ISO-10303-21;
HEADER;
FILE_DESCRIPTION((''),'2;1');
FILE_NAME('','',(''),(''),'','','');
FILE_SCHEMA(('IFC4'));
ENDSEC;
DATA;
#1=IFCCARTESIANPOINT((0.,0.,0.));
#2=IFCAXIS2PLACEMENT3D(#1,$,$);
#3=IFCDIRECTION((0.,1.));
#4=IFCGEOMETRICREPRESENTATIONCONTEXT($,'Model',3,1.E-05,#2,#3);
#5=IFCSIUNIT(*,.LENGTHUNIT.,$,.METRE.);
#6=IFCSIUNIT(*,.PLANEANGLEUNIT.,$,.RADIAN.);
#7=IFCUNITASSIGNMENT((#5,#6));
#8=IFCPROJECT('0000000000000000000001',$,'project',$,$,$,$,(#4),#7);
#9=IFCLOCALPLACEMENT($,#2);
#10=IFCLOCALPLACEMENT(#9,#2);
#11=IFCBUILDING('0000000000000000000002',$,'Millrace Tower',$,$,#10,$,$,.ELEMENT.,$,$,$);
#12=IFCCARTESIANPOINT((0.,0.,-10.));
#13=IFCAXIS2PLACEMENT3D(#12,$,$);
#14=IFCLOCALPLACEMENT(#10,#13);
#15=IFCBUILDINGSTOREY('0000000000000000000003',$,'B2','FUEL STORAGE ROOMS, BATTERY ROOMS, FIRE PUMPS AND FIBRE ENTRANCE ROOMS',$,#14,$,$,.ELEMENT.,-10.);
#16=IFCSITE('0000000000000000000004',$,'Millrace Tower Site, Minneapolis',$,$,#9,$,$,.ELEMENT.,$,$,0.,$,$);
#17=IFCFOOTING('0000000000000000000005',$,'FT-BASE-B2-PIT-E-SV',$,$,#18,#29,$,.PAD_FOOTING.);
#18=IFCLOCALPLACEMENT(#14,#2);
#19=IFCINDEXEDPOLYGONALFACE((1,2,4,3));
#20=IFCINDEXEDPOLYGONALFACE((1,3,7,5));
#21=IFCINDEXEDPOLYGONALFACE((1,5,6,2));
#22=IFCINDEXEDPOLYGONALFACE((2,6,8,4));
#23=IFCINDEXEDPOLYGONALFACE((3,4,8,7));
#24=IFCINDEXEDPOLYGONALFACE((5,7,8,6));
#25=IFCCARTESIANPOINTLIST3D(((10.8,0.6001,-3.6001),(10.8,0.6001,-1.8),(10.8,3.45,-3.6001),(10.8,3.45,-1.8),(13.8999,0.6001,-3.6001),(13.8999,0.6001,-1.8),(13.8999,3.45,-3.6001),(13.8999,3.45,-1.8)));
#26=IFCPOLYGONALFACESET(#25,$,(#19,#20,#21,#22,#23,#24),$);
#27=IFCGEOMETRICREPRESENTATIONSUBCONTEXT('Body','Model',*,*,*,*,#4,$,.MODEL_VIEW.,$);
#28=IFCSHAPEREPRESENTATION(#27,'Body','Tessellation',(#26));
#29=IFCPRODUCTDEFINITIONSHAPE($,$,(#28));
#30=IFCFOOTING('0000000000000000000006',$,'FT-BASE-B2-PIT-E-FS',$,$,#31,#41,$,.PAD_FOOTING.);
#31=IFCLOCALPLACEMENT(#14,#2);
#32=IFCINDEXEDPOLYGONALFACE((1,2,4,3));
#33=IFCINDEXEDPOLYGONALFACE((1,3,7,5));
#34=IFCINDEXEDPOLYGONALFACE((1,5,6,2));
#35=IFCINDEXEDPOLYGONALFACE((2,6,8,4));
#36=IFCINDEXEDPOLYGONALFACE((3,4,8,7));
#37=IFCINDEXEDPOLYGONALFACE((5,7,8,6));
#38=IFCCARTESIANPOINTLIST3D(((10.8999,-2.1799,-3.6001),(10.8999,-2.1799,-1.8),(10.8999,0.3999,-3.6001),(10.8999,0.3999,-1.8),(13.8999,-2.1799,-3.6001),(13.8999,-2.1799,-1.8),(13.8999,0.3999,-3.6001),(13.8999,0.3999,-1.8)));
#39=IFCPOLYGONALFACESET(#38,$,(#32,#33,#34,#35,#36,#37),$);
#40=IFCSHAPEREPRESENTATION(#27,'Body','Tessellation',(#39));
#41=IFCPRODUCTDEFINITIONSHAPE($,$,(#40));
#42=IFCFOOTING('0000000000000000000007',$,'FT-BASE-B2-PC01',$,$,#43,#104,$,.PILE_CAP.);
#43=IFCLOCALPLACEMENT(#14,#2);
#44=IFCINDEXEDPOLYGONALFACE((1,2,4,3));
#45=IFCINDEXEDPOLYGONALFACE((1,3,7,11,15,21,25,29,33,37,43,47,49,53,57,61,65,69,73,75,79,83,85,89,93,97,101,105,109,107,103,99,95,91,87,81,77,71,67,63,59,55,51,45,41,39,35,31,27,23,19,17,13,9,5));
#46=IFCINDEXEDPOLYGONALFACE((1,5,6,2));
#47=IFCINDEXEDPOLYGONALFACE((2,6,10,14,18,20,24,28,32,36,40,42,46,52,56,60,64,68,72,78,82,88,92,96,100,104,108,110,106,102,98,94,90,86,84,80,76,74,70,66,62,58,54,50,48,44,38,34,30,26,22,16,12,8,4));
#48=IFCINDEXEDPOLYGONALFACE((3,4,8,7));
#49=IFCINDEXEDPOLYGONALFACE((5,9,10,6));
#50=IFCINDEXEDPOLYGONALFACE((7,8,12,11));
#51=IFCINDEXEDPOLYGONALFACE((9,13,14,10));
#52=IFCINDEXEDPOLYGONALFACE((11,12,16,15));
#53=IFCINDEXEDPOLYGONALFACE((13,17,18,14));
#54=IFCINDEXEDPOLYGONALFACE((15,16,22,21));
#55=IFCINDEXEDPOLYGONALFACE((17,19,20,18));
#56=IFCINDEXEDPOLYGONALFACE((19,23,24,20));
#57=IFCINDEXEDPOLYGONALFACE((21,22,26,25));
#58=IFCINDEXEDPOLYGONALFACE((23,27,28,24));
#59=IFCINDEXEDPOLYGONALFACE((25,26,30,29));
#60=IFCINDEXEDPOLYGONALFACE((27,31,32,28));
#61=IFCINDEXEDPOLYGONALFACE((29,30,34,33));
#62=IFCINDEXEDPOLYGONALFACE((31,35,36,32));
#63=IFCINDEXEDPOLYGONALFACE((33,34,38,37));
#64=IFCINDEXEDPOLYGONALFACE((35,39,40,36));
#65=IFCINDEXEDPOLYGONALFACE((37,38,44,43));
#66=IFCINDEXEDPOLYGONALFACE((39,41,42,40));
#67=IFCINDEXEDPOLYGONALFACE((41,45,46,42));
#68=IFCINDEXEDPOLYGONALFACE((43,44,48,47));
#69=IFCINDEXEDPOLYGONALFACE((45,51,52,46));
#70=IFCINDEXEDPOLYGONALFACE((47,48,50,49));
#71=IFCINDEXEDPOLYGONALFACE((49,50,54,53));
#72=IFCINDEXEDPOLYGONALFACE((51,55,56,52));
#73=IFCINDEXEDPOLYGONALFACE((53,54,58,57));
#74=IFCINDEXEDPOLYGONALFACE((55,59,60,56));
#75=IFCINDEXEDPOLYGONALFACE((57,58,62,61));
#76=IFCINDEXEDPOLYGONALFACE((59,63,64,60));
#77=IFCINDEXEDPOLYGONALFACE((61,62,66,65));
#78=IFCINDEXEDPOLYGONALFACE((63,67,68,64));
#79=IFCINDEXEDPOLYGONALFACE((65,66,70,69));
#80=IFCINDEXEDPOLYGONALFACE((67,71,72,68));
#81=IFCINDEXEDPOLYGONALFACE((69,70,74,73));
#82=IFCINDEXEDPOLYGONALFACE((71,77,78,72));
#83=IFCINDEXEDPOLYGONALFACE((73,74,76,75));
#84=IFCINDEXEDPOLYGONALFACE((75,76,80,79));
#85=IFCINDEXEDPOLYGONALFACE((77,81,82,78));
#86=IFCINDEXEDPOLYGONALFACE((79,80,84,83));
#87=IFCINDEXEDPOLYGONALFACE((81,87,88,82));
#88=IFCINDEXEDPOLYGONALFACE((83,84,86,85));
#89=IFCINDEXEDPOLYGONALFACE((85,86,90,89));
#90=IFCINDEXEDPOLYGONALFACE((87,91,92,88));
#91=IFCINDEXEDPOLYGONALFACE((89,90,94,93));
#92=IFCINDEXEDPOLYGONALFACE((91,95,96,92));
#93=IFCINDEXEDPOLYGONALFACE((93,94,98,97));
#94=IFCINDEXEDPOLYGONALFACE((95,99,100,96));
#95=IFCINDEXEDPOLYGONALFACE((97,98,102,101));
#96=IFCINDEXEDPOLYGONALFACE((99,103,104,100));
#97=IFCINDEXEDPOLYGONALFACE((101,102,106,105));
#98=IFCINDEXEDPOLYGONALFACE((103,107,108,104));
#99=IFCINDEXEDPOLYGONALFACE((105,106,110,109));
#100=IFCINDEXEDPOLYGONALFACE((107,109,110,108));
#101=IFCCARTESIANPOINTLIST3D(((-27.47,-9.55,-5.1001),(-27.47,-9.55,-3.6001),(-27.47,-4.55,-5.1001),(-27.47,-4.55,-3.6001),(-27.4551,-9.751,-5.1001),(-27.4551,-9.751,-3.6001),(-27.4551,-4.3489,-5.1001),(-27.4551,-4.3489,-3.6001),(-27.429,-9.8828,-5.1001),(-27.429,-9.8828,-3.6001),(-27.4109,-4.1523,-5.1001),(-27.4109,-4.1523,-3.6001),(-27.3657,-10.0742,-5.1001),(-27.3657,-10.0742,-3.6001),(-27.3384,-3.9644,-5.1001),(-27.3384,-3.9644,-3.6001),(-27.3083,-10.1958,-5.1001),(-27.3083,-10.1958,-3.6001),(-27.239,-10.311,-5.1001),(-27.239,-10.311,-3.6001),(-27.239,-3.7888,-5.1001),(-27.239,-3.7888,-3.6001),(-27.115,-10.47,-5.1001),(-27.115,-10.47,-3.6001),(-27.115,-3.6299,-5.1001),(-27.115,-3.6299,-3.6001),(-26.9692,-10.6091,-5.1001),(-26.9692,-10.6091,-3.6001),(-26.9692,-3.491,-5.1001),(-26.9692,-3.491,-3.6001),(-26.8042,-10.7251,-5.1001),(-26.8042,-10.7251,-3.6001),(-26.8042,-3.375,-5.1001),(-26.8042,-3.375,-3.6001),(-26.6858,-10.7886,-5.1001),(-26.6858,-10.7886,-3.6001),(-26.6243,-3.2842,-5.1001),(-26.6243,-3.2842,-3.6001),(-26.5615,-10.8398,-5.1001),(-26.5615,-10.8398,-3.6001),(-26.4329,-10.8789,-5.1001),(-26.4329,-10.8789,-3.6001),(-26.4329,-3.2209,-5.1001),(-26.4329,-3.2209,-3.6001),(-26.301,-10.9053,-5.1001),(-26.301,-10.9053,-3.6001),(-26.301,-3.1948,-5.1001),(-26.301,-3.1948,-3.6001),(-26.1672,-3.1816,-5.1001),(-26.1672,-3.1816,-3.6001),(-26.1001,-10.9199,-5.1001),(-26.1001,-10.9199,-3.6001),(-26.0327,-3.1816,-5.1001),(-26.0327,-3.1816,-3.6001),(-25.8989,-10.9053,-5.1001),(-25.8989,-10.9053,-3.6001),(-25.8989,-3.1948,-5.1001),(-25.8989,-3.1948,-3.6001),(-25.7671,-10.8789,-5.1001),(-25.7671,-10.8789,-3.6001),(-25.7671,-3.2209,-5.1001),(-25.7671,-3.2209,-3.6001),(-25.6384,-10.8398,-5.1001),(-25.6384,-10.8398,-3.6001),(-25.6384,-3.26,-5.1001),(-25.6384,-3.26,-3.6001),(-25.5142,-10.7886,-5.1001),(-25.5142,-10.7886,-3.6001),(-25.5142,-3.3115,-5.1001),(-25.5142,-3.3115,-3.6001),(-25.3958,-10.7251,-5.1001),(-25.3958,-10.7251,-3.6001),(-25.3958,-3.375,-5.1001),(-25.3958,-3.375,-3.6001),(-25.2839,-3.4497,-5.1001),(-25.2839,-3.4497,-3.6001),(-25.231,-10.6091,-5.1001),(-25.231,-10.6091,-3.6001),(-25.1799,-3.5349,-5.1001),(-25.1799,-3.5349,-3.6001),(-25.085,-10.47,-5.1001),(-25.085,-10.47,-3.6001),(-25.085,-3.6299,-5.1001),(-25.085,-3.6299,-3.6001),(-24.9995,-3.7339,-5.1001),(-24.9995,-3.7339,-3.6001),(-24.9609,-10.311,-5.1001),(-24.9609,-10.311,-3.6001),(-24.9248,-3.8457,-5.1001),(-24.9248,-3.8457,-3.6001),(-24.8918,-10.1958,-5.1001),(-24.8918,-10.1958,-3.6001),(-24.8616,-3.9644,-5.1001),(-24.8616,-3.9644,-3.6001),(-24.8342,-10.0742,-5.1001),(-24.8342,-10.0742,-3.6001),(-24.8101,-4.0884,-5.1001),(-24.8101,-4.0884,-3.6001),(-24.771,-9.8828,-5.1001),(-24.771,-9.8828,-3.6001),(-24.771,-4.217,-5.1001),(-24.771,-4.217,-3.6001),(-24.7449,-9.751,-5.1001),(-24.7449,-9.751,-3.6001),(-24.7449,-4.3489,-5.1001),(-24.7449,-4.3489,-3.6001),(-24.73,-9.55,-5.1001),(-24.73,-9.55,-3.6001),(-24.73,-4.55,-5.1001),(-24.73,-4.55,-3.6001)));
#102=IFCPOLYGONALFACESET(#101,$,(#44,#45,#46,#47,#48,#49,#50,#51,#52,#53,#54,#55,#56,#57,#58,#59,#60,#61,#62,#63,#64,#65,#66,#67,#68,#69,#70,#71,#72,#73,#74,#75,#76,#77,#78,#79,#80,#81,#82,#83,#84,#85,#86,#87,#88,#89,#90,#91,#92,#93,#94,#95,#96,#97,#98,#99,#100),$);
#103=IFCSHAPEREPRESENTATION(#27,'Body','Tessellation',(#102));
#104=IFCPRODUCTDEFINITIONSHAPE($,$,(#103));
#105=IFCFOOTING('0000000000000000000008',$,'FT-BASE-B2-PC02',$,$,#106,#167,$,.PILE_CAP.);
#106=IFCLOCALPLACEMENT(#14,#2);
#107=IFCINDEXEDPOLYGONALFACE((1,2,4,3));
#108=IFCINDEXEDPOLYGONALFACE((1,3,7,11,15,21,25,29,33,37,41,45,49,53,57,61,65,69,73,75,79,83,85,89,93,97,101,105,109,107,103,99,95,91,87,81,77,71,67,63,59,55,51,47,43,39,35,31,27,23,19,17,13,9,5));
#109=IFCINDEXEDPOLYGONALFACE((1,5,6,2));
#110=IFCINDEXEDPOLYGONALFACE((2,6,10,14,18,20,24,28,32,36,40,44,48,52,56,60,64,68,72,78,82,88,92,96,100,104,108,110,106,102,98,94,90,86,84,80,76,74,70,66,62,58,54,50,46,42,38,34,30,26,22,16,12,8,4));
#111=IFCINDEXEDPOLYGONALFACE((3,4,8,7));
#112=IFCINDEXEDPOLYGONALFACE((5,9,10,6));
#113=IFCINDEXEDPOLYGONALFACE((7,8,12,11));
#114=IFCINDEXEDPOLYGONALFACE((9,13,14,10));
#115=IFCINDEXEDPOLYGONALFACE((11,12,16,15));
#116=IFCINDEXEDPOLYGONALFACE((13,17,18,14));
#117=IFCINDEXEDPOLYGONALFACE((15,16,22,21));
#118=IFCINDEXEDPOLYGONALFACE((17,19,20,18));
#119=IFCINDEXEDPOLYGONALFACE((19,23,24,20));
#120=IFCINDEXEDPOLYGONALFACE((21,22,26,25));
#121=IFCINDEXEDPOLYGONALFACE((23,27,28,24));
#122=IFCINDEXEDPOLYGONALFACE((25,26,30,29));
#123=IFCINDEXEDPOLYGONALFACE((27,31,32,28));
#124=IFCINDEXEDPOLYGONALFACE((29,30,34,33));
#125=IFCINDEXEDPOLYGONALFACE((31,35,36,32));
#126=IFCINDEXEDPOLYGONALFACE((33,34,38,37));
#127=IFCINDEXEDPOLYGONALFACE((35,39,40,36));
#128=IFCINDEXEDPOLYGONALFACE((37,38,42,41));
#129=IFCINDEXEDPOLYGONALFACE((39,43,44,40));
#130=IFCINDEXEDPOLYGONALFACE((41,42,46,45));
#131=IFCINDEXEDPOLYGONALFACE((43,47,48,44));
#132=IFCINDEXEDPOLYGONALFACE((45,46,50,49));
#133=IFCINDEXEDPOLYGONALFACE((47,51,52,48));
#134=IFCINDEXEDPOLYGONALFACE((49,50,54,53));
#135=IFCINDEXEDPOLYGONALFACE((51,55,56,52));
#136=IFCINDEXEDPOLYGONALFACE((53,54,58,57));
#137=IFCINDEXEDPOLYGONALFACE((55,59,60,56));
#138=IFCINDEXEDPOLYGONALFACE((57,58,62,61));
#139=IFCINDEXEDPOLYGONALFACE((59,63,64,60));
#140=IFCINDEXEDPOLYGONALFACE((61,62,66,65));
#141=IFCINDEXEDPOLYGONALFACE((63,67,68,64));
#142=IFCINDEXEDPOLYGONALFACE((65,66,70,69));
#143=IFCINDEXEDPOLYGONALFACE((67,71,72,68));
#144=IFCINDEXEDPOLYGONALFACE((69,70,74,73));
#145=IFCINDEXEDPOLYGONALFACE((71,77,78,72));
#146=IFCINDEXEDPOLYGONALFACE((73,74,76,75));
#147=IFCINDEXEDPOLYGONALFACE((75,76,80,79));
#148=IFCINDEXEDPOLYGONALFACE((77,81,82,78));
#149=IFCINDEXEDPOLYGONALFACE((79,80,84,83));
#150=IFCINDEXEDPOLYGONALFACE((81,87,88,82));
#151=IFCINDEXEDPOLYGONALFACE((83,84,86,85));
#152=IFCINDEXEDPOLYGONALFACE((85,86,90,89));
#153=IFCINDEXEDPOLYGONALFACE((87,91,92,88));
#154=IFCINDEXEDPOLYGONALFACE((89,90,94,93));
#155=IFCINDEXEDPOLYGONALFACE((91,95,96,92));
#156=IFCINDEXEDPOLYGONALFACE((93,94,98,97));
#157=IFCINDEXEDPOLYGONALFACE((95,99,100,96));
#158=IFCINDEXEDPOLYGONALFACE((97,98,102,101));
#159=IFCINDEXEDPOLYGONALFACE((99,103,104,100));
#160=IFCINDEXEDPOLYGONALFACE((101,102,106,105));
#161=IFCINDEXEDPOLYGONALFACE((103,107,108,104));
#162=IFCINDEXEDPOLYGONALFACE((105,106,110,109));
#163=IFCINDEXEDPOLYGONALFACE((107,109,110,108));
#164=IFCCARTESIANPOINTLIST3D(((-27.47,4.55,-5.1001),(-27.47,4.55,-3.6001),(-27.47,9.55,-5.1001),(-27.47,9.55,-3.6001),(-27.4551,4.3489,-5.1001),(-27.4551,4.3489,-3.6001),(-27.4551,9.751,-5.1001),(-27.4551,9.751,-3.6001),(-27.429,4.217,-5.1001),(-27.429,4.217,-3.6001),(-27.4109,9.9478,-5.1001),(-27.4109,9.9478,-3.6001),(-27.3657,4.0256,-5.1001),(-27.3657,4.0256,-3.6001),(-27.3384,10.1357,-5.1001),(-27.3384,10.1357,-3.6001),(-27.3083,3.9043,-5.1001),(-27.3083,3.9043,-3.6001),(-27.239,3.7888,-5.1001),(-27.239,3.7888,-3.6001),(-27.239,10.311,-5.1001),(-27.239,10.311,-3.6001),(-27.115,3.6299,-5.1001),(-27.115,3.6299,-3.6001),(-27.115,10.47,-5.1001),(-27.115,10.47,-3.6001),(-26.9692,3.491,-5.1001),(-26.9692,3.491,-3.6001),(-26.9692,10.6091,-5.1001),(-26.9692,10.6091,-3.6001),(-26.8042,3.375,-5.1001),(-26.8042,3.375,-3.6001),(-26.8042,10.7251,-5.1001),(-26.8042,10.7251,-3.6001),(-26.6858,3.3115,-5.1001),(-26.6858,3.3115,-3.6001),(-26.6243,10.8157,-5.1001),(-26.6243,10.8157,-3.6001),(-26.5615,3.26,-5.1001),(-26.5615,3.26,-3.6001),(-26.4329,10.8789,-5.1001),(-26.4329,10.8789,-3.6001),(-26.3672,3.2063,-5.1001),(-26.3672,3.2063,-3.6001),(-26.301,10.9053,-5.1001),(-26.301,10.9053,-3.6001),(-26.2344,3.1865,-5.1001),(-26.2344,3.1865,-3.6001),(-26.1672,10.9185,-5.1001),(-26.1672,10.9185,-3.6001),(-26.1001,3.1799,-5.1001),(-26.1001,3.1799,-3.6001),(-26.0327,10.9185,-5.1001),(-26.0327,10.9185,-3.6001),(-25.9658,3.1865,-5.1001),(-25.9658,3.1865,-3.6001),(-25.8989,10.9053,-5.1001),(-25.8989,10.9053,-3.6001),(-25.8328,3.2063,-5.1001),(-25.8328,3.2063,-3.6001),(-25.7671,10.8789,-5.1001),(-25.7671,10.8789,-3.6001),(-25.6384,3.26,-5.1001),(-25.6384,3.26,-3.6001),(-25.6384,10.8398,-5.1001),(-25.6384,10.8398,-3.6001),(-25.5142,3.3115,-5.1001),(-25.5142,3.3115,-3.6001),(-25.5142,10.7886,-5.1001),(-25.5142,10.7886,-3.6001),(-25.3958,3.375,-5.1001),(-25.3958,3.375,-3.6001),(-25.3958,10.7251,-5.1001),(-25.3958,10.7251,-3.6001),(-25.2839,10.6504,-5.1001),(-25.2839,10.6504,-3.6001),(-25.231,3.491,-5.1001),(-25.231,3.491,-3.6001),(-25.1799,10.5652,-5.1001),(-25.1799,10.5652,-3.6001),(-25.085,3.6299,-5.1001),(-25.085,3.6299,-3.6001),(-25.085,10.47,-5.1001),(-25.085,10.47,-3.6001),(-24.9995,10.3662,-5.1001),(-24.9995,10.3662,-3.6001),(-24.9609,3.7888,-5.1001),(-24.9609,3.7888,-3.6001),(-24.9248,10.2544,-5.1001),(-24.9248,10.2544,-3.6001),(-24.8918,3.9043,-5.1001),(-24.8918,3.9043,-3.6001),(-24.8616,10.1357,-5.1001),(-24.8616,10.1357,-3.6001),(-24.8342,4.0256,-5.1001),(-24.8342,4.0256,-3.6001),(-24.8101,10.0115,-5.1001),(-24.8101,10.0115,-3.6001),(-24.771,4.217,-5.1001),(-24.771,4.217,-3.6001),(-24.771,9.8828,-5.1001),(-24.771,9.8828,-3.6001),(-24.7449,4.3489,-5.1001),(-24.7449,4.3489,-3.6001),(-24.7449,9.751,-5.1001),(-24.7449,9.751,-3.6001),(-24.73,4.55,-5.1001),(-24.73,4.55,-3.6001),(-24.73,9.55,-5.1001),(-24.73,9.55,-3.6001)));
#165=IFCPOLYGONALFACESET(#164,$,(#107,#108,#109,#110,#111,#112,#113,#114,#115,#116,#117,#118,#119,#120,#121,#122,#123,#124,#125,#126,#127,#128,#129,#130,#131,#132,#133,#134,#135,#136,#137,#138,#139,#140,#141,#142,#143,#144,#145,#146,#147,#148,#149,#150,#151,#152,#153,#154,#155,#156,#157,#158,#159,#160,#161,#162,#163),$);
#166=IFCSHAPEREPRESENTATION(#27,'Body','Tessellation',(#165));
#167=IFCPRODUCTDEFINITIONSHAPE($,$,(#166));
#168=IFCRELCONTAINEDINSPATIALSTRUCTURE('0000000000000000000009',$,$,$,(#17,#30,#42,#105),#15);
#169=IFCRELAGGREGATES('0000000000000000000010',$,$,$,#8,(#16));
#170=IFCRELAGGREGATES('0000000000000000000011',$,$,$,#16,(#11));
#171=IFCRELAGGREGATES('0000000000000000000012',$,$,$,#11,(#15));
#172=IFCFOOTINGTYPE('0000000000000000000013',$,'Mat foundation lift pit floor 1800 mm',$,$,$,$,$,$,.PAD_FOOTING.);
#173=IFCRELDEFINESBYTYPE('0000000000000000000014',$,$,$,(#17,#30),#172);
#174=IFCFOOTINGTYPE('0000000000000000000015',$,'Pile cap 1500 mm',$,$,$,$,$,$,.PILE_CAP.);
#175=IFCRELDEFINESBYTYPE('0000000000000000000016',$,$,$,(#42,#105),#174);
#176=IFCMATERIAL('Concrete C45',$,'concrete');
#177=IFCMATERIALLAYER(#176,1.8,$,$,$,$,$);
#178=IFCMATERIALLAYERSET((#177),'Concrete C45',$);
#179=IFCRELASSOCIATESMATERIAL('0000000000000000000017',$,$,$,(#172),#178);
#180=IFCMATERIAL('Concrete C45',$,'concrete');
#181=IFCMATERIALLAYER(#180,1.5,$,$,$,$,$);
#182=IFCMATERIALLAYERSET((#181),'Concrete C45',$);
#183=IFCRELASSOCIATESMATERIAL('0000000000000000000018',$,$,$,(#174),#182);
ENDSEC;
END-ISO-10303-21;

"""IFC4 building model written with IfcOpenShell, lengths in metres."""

from ifc_helpers import new_model, si_unit, direction, frame, origin, place, context, subcontext, project, spatial, polyline, outline, extrude, material, layer, layer_set, type_object, element, save


model = new_model("IFC4")

# Units and contexts
model_context = context("Model", 3, precision=1e-05, world=origin(), true_north=direction((0.0, 1.0)))
body_context = subcontext(model_context, "Body", "Model", "MODEL_VIEW")
ifc_project = project(units=[si_unit("LENGTHUNIT", "METRE"), si_unit("PLANEANGLEUNIT", "RADIAN")], contexts=[model_context])

# Site, building, storey
site_placement = place(None, origin())
site = spatial("IfcSite", under=ifc_project, at=site_placement, Name="Millrace Tower Site, Minneapolis", CompositionType="ELEMENT", RefElevation=0.0)
building_placement = place(site_placement, origin())
building = spatial("IfcBuilding", under=site, at=building_placement, Name="Millrace Tower", CompositionType="ELEMENT")
storey_placement = place(building_placement, frame((0.0, 0.0, -10.0)))
storey = spatial("IfcBuildingStorey", under=building, at=storey_placement, Name="B2", Description="FUEL STORAGE ROOMS, BATTERY ROOMS, FIRE PUMPS AND FIBRE ENTRANCE ROOMS", CompositionType="ELEMENT", Elevation=-10.0)

# Footings
ifc_material_1 = material(Name="Concrete C45", Category="concrete")
ifc_layer_1 = layer(ifc_material_1, 1.8)
ifc_layer_set_1 = layer_set([ifc_layer_1], Name="Concrete C45")
footing_type_1 = type_object("IfcFootingType", Name="Mat foundation lift pit floor 1800 mm", PredefinedType="PAD_FOOTING", material=ifc_layer_set_1)
placement_1 = place(storey_placement, frame((0.0, 0.0, -3.6001)))
element("IfcFooting", 1, at=placement_1, inside=storey, type_object=footing_type_1, Name="FT-BASE-B2-PIT-E-SV", PredefinedType="PAD_FOOTING", context=body_context, shape_type="SweptSolid", body=[
    extrude(outline(polyline([(10.8, 0.6001), (13.8999, 0.6001), (13.8999, 3.45), (10.8, 3.45), (10.8, 0.6001)])), origin(), (0.0, 0.0, 1.0), 1.8),
])
element("IfcFooting", 2, at=placement_1, inside=storey, type_object=footing_type_1, Name="FT-BASE-B2-PIT-E-FS", PredefinedType="PAD_FOOTING", context=body_context, shape_type="SweptSolid", body=[
    extrude(outline(polyline([(10.8999, -2.1799), (13.8999, -2.1799), (13.8999, 0.3999), (10.8999, 0.3999), (10.8999, -2.1799)])), origin(), (0.0, 0.0, 1.0), 1.8),
])
ifc_material_2 = material(Name="Concrete C45", Category="concrete")
ifc_layer_2 = layer(ifc_material_2, 1.5)
ifc_layer_set_2 = layer_set([ifc_layer_2], Name="Concrete C45")
footing_type_2 = type_object("IfcFootingType", Name="Pile cap 1500 mm", PredefinedType="PILE_CAP", material=ifc_layer_set_2)
placement_2 = place(storey_placement, frame((0.0, 0.0, -5.1001)))
element("IfcFooting", 3, at=placement_2, inside=storey, type_object=footing_type_2, Name="FT-BASE-B2-PC01", PredefinedType="PILE_CAP", context=body_context, shape_type="SweptSolid", body=[
    extrude(outline(polyline([(-24.771, -9.8828), (-24.8342, -10.0742), (-24.8918, -10.1958), (-24.9609, -10.311), (-25.085, -10.47), (-25.231, -10.6091), (-25.3958, -10.7251), (-25.5142, -10.7886), (-25.6384, -10.8398), (-25.7671, -10.8789), (-25.8989, -10.9053), (-26.1001, -10.9199), (-26.301, -10.9053), (-26.4329, -10.8789), (-26.5615, -10.8398), (-26.6858, -10.7886), (-26.8042, -10.7251), (-26.9692, -10.6091), (-27.115, -10.47), (-27.239, -10.311), (-27.3083, -10.1958), (-27.3657, -10.0742), (-27.429, -9.8828), (-27.4551, -9.751), (-27.47, -9.55), (-27.47, -4.55), (-27.4551, -4.3489), (-27.4109, -4.1523), (-27.3384, -3.9644), (-27.239, -3.7888), (-27.115, -3.6299), (-26.9692, -3.491), (-26.8042, -3.375), (-26.6243, -3.2842), (-26.4329, -3.2209), (-26.301, -3.1948), (-26.1672, -3.1816), (-26.0327, -3.1816), (-25.8989, -3.1948), (-25.7671, -3.2209), (-25.6384, -3.26), (-25.5142, -3.3115), (-25.3958, -3.375), (-25.2839, -3.4497), (-25.1799, -3.5349), (-25.085, -3.6299), (-24.9995, -3.7339), (-24.9248, -3.8457), (-24.8616, -3.9644), (-24.8101, -4.0884), (-24.771, -4.217), (-24.7449, -4.3489), (-24.73, -4.55), (-24.73, -9.55), (-24.7449, -9.751), (-24.771, -9.8828)])), origin(), (0.0, 0.0, 1.0), 1.5),
])
element("IfcFooting", 4, at=placement_2, inside=storey, type_object=footing_type_2, Name="FT-BASE-B2-PC02", PredefinedType="PILE_CAP", context=body_context, shape_type="SweptSolid", body=[
    extrude(outline(polyline([(-24.771, 4.217), (-24.8342, 4.0256), (-24.8918, 3.9043), (-24.9609, 3.7888), (-25.085, 3.6299), (-25.231, 3.491), (-25.3958, 3.375), (-25.5142, 3.3115), (-25.6384, 3.26), (-25.8328, 3.2063), (-25.9658, 3.1865), (-26.1001, 3.1799), (-26.2344, 3.1865), (-26.3672, 3.2063), (-26.5615, 3.26), (-26.6858, 3.3115), (-26.8042, 3.375), (-26.9692, 3.491), (-27.115, 3.6299), (-27.239, 3.7888), (-27.3083, 3.9043), (-27.3657, 4.0256), (-27.429, 4.217), (-27.4551, 4.3489), (-27.47, 4.55), (-27.47, 9.55), (-27.4551, 9.751), (-27.4109, 9.9478), (-27.3384, 10.1357), (-27.239, 10.311), (-27.115, 10.47), (-26.9692, 10.6091), (-26.8042, 10.7251), (-26.6243, 10.8157), (-26.4329, 10.8789), (-26.301, 10.9053), (-26.1672, 10.9185), (-26.0327, 10.9185), (-25.8989, 10.9053), (-25.7671, 10.8789), (-25.6384, 10.8398), (-25.5142, 10.7886), (-25.3958, 10.7251), (-25.2839, 10.6504), (-25.1799, 10.5652), (-25.085, 10.47), (-24.9995, 10.3662), (-24.9248, 10.2544), (-24.8616, 10.1357), (-24.8101, 10.0115), (-24.771, 9.8828), (-24.7449, 9.751), (-24.73, 9.55), (-24.73, 4.55), (-24.7449, 4.3489), (-24.771, 4.217)])), origin(), (0.0, 0.0, 1.0), 1.5),
])

save(model, "model.ifc")
